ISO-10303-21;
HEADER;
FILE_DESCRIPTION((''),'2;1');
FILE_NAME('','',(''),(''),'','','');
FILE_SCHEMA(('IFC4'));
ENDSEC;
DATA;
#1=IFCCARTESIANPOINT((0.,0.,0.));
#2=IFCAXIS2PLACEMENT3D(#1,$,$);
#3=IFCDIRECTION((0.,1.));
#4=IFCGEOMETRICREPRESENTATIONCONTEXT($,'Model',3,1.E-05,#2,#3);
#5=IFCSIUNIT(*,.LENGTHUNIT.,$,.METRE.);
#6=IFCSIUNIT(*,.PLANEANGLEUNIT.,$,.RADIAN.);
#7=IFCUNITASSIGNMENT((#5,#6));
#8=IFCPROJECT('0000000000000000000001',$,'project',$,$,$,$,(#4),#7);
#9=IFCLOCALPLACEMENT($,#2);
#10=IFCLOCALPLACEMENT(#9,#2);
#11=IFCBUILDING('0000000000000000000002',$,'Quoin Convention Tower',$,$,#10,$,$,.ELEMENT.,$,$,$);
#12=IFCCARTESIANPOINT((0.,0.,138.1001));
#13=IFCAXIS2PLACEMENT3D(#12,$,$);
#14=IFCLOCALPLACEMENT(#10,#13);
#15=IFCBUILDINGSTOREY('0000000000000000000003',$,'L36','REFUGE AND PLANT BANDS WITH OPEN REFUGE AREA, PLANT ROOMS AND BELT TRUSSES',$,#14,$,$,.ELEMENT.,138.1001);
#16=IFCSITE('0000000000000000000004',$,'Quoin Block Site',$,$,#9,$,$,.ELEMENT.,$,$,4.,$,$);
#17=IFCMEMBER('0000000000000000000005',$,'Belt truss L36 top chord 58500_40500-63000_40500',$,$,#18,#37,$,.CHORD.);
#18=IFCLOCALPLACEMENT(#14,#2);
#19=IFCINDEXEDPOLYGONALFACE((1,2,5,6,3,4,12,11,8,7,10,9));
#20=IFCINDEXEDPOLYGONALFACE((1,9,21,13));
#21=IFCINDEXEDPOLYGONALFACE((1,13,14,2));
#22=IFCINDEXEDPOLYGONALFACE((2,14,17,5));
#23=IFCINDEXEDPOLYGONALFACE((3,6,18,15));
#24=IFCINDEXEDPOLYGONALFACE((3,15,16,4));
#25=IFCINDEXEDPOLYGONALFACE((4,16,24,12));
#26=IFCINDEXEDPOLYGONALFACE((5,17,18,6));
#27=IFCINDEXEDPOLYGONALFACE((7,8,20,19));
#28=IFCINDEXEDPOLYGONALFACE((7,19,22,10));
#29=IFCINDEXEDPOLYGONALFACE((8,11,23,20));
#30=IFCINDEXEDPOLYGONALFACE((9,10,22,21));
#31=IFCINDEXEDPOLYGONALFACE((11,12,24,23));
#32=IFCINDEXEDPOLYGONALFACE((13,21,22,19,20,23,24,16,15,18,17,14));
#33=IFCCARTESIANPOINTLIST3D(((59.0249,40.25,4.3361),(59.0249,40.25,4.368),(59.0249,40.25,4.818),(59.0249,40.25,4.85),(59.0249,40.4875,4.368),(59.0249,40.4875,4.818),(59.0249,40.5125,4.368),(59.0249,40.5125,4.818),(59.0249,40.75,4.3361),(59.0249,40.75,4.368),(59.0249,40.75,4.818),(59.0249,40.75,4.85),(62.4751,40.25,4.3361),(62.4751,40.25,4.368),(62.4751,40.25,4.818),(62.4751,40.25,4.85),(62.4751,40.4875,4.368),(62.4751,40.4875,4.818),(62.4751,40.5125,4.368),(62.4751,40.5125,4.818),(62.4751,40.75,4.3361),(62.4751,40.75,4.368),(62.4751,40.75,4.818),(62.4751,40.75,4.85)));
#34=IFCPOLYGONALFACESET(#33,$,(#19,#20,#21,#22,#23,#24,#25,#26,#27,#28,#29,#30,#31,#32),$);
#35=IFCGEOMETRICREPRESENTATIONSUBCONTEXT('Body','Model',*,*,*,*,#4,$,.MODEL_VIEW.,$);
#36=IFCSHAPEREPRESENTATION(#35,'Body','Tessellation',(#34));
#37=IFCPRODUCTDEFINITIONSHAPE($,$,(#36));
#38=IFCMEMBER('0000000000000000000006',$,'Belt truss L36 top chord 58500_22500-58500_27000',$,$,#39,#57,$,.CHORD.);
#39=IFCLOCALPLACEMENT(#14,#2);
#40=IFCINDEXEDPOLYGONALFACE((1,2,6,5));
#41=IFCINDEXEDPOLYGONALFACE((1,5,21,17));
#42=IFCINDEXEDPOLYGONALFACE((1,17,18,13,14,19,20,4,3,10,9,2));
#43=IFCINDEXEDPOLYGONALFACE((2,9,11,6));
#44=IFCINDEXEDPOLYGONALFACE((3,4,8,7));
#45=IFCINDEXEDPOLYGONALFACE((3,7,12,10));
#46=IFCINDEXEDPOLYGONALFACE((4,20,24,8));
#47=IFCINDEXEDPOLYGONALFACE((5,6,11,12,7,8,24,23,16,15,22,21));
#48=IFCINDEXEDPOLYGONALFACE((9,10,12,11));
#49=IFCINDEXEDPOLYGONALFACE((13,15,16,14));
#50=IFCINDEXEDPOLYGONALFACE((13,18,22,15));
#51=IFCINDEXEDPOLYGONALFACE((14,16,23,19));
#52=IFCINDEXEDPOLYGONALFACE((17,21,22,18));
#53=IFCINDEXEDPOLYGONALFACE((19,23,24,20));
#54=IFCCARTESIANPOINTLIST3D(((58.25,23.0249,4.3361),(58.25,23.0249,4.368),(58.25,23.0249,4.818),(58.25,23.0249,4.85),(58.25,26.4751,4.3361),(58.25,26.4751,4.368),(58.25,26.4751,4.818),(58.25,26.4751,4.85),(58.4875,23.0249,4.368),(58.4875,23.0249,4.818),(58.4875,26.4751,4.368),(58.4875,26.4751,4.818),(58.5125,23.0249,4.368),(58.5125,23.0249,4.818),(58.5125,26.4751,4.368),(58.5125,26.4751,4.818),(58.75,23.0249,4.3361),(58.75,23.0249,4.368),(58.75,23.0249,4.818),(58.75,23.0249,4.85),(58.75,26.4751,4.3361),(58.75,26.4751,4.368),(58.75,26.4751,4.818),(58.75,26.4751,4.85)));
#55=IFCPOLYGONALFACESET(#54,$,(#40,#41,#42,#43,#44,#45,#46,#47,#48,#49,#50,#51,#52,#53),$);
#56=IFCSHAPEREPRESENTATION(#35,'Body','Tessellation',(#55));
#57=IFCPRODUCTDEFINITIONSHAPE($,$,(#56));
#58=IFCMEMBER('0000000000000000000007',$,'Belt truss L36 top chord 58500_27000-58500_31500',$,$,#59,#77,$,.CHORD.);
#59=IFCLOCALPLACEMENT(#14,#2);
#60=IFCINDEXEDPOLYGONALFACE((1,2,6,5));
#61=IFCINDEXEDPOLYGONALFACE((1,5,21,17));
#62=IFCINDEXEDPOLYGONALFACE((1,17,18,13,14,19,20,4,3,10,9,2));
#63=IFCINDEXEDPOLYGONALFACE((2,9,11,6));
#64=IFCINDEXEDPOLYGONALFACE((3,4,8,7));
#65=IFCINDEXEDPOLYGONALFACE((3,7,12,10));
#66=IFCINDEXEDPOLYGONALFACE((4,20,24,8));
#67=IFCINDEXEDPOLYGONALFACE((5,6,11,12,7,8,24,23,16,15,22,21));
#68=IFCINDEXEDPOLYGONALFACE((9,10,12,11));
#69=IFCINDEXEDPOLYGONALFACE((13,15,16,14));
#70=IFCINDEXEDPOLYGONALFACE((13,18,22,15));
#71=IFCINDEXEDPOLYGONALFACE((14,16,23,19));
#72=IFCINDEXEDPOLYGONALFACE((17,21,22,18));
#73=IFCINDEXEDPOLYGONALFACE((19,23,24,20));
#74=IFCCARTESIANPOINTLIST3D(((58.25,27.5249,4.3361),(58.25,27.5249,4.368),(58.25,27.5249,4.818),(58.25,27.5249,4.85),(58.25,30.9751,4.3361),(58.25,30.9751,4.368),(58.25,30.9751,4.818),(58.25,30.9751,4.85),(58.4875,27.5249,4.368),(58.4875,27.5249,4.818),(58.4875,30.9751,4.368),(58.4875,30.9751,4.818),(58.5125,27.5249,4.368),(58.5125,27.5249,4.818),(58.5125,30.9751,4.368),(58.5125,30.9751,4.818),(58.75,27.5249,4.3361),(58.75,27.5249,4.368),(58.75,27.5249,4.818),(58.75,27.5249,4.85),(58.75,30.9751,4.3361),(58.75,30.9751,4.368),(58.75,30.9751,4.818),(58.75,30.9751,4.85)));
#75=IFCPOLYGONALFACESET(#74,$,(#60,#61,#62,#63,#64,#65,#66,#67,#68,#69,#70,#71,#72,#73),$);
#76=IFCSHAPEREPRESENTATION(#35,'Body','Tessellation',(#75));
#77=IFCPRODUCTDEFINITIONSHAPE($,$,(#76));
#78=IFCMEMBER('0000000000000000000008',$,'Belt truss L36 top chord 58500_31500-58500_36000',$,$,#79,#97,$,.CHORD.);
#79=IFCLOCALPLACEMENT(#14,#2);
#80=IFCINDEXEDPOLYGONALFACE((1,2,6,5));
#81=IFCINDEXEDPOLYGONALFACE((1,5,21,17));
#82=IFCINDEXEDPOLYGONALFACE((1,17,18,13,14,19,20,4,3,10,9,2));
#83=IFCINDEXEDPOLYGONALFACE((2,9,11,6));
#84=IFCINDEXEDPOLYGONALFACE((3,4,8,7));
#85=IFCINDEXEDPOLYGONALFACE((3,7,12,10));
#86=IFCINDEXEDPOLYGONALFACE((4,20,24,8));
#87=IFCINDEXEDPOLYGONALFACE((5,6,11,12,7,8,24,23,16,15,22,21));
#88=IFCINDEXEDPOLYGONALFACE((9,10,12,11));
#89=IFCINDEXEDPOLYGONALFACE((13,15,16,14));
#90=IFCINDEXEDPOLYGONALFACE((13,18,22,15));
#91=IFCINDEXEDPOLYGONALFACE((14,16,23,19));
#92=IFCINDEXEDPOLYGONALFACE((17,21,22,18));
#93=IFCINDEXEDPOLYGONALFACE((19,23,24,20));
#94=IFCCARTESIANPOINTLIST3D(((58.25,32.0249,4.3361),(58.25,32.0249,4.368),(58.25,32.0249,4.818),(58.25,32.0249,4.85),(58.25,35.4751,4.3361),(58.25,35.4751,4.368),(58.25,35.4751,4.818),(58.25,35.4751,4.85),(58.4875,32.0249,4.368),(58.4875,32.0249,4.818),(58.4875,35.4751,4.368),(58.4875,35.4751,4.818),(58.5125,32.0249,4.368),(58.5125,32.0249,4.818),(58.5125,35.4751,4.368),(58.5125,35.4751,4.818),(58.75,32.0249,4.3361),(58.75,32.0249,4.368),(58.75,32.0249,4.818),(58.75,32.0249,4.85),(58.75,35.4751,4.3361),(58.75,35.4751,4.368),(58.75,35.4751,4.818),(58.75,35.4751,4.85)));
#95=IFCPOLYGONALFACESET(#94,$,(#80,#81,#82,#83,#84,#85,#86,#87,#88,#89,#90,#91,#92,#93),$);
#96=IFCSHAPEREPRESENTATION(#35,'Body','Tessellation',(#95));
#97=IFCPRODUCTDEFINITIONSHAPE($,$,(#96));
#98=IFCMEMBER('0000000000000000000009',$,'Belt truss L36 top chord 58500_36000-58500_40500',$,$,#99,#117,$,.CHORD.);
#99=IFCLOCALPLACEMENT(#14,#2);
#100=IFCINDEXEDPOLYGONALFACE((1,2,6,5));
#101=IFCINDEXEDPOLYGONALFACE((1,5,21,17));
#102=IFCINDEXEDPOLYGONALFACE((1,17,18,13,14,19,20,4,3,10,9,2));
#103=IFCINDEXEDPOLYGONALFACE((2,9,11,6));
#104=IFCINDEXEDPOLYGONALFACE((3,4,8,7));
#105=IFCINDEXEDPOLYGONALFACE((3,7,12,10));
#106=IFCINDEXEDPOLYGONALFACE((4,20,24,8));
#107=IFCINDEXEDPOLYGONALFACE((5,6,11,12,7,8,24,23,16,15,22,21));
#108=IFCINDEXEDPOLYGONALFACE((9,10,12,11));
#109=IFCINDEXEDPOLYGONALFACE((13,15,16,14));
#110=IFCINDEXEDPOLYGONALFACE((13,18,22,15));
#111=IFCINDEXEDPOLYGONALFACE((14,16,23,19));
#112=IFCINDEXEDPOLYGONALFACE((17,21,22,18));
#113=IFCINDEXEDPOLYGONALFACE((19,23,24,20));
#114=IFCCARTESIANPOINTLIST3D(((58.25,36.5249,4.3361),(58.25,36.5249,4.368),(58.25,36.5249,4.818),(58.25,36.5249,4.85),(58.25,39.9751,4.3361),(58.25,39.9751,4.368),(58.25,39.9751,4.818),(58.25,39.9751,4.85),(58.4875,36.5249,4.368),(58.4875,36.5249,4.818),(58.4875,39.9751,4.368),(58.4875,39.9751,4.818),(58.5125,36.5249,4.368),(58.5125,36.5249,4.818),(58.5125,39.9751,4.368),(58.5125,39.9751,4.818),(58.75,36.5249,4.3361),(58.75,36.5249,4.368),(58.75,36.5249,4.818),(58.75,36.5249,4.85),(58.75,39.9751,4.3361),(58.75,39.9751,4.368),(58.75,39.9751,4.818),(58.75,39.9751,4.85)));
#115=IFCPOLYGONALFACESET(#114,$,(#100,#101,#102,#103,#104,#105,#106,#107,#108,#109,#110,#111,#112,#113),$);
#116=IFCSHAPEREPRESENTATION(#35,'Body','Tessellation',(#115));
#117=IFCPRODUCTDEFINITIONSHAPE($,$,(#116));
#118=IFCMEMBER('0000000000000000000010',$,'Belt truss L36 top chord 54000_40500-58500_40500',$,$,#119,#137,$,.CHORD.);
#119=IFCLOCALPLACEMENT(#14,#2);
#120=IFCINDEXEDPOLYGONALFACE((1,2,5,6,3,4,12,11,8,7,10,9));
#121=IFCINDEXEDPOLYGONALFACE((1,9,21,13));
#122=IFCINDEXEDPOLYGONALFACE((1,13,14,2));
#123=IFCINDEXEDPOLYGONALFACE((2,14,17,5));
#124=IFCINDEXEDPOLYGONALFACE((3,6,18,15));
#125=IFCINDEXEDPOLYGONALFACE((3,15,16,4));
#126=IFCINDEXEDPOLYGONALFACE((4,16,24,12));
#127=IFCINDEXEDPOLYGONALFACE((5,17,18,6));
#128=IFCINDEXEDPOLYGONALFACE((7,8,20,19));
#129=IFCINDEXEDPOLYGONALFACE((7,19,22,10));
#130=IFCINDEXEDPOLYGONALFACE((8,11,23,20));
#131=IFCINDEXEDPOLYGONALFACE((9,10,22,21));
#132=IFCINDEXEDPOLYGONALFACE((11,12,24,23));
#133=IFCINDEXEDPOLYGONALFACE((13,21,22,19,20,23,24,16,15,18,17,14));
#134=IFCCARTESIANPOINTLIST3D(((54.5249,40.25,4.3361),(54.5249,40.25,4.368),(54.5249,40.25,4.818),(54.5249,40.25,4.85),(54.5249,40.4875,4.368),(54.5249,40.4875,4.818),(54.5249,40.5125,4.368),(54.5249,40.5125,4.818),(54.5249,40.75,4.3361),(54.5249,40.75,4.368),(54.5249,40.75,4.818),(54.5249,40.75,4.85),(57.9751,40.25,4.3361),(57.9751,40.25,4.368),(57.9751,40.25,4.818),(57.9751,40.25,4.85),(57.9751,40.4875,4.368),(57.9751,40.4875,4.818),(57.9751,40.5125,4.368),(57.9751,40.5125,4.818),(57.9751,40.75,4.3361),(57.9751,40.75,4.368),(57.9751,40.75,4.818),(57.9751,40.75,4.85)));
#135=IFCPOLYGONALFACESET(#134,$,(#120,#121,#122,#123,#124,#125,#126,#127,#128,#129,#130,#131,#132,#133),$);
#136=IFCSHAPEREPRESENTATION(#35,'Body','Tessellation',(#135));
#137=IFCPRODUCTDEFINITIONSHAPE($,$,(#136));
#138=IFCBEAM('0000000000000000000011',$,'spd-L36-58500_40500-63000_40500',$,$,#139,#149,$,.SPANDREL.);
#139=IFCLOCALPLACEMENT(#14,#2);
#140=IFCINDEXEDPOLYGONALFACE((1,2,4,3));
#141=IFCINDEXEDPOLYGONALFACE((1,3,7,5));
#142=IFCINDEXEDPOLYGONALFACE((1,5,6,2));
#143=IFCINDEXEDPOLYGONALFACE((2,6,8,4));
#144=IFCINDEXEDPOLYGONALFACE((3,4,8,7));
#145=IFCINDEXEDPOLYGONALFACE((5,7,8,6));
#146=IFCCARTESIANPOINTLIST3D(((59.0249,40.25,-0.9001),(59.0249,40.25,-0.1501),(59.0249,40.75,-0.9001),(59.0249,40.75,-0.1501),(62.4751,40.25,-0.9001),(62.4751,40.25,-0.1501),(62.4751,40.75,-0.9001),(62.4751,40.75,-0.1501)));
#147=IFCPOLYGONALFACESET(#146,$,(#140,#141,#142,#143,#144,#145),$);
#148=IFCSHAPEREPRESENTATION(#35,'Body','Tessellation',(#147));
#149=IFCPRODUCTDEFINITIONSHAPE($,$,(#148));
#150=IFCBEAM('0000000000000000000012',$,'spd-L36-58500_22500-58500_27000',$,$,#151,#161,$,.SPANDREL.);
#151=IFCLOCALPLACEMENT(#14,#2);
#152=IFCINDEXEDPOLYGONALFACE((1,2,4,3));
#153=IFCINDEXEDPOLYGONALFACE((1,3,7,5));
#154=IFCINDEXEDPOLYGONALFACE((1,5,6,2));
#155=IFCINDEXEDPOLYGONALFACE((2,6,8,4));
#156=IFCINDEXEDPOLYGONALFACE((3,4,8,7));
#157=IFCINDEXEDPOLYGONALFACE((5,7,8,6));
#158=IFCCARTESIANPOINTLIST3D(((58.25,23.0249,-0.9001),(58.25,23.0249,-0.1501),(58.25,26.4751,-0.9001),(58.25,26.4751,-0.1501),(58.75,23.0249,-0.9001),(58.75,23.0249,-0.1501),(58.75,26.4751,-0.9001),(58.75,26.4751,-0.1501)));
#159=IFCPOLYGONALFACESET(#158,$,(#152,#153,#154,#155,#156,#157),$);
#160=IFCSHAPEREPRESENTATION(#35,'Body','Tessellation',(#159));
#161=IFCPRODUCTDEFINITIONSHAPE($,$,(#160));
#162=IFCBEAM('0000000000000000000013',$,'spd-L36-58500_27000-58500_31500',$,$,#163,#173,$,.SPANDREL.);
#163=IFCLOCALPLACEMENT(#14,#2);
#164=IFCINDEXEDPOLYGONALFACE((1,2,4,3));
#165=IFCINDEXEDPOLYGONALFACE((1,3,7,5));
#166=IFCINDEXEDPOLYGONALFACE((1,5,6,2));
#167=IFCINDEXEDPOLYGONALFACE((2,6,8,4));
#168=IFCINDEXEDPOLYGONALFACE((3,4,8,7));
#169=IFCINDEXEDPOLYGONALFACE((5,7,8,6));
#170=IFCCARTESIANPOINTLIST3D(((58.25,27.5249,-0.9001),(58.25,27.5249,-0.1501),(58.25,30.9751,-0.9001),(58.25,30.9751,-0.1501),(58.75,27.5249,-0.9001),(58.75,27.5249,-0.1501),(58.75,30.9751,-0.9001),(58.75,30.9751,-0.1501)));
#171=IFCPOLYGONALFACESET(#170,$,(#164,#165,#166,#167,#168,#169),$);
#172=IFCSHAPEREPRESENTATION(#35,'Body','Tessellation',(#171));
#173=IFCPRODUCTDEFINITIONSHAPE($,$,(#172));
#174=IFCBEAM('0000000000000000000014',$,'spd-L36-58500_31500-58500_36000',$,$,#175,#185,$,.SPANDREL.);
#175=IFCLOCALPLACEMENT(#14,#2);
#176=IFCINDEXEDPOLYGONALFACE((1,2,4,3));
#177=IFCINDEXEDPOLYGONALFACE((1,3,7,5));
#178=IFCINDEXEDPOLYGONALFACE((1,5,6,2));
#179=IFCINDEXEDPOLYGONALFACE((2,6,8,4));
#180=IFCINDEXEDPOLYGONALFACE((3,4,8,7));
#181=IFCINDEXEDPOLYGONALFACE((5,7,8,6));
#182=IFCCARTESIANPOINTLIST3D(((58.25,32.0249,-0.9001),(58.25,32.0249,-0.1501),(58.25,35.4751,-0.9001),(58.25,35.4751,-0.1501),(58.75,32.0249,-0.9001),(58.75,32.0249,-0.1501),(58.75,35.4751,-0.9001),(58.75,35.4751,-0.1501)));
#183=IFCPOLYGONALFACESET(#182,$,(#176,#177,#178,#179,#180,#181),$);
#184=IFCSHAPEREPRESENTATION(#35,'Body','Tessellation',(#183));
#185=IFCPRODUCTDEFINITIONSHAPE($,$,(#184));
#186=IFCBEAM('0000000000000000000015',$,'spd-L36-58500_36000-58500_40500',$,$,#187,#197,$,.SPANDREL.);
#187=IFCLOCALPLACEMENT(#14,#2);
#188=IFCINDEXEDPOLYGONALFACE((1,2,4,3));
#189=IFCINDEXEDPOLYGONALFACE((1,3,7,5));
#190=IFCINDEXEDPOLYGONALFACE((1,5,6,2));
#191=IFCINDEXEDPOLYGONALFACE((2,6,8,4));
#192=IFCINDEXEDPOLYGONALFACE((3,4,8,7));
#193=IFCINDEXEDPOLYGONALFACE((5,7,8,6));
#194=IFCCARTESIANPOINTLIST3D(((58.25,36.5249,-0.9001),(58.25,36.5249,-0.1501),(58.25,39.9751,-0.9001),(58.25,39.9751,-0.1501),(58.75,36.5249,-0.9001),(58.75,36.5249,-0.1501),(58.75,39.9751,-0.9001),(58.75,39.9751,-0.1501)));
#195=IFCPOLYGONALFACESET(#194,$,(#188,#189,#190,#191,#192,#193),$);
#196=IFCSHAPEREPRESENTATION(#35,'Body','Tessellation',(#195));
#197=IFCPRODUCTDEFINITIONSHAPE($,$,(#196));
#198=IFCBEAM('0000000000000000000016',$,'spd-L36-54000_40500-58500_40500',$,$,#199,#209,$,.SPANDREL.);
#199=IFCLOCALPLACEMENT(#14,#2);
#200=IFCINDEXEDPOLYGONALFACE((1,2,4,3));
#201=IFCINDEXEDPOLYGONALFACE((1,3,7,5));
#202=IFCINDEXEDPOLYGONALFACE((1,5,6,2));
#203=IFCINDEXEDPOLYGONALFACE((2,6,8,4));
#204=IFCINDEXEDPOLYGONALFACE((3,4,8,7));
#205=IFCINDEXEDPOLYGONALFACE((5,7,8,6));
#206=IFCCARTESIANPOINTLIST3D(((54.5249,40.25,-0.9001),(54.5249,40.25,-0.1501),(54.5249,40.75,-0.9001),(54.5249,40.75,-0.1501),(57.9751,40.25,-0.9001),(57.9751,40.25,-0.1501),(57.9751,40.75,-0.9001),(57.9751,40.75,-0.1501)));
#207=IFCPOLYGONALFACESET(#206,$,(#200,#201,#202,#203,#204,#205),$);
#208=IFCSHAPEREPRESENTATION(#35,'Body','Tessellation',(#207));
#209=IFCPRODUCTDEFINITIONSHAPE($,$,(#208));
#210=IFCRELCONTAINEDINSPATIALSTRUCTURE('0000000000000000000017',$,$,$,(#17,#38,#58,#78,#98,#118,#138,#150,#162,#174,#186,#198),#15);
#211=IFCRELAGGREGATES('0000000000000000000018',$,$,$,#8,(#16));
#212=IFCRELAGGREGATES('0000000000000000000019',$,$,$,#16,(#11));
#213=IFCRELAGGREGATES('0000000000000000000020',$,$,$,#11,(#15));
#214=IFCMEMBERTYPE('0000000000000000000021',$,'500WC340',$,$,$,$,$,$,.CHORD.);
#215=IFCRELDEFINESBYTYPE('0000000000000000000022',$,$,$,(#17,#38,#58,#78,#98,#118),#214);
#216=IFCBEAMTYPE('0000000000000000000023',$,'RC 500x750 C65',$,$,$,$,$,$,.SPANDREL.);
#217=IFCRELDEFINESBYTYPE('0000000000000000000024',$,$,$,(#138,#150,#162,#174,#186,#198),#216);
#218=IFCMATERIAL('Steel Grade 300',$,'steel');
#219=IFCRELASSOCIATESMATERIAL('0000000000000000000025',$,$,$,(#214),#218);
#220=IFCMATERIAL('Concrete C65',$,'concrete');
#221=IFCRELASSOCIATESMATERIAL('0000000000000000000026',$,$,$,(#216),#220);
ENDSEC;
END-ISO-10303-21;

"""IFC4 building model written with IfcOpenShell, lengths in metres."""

from ifc_helpers import new_model, si_unit, direction, frame, origin, origin_2d, place, context, subcontext, project, spatial, rectangle, i_section, extrude, material, material_profile, profile_set, type_object, element, save


model = new_model("IFC4")

# Units and contexts
model_context = context("Model", 3, precision=1e-05, world=origin(), true_north=direction((0.0, 1.0)))
body_context = subcontext(model_context, "Body", "Model", "MODEL_VIEW")
ifc_project = project(units=[si_unit("LENGTHUNIT", "METRE"), si_unit("PLANEANGLEUNIT", "RADIAN")], contexts=[model_context])

# Site, building, storey
site_placement = place(None, origin())
site = spatial("IfcSite", under=ifc_project, at=site_placement, Name="Quoin Block Site", CompositionType="ELEMENT", RefElevation=4.0)
building_placement = place(site_placement, origin())
building = spatial("IfcBuilding", under=site, at=building_placement, Name="Quoin Convention Tower", CompositionType="ELEMENT")
storey_placement = place(building_placement, frame((0.0, 0.0, 138.1001)))
storey = spatial("IfcBuildingStorey", under=building, at=storey_placement, Name="L36", Description="REFUGE AND PLANT BANDS WITH OPEN REFUGE AREA, PLANT ROOMS AND BELT TRUSSES", CompositionType="ELEMENT", Elevation=138.1001)

# Shared definitions
ifc_material_1 = material(Name="Concrete C65", Category="concrete")

# Members
ifc_material_2 = material(Name="Steel Grade 300", Category="steel")
ifc_material_profile_1 = material_profile(ifc_material_2, i_section(OverallWidth=0.5, OverallDepth=0.5139, WebThickness=0.0249, FlangeThickness=0.032, at=origin_2d()), Name="500WC340")
ifc_profile_set_1 = profile_set([ifc_material_profile_1], Name="Steel Grade 300")
member_type_1 = type_object("IfcMemberType", Name="500WC340", PredefinedType="CHORD", material=ifc_profile_set_1)
for number, where, z_axis, x_axis, name in (
    (1, (59.0249, 40.5, 4.593), (1.0, 0.0, 0.0), (0.0, 1.0, 0.0), "Belt truss L36 top chord 58500_40500-63000_40500"),
    (2, (58.5, 23.0249, 4.593), (0.0, 1.0, 0.0), (-1.0, 0.0, 0.0), "Belt truss L36 top chord 58500_22500-58500_27000"),
    (3, (58.5, 27.5249, 4.593), (0.0, 1.0, 0.0), (-1.0, 0.0, 0.0), "Belt truss L36 top chord 58500_27000-58500_31500"),
    (4, (58.5, 32.0249, 4.593), (0.0, 1.0, 0.0), (-1.0, 0.0, 0.0), "Belt truss L36 top chord 58500_31500-58500_36000"),
    (5, (58.5, 36.5249, 4.593), (0.0, 1.0, 0.0), (-1.0, 0.0, 0.0), "Belt truss L36 top chord 58500_36000-58500_40500"),
    (6, (54.5249, 40.5, 4.593), (1.0, 0.0, 0.0), (0.0, 1.0, 0.0), "Belt truss L36 top chord 54000_40500-58500_40500"),
):
    element("IfcMember", number, at=place(storey_placement, frame(where, z_axis=z_axis, x_axis=x_axis)), inside=storey, type_object=member_type_1, Name=name, PredefinedType="CHORD", context=body_context, shape_type="SweptSolid", body=[
        extrude(i_section(OverallWidth=0.5, OverallDepth=0.5139, WebThickness=0.0249, FlangeThickness=0.032, at=origin_2d()), origin(), (0.0, 0.0, 1.0), 3.4502),
    ])

# Beams
ifc_material_profile_2 = material_profile(ifc_material_1, rectangle(XDim=0.5, YDim=0.75, at=origin_2d()), Name="RC 500x750")
ifc_profile_set_2 = profile_set([ifc_material_profile_2], Name="Concrete C65")
beam_type_1 = type_object("IfcBeamType", Name="RC 500x750 C65", PredefinedType="SPANDREL", material=ifc_profile_set_2)
for number, where, z_axis, x_axis, name in (
    (7, (59.0249, 40.5, -0.5251), (1.0, 0.0, 0.0), (0.0, 1.0, 0.0), "spd-L36-58500_40500-63000_40500"),
    (8, (58.5, 23.0249, -0.5251), (0.0, 1.0, 0.0), (-1.0, 0.0, 0.0), "spd-L36-58500_22500-58500_27000"),
    (9, (58.5, 27.5249, -0.5251), (0.0, 1.0, 0.0), (-1.0, 0.0, 0.0), "spd-L36-58500_27000-58500_31500"),
    (10, (58.5, 32.0249, -0.5251), (0.0, 1.0, 0.0), (-1.0, 0.0, 0.0), "spd-L36-58500_31500-58500_36000"),
    (11, (58.5, 36.5249, -0.5251), (0.0, 1.0, 0.0), (-1.0, 0.0, 0.0), "spd-L36-58500_36000-58500_40500"),
    (12, (54.5249, 40.5, -0.5251), (1.0, 0.0, 0.0), (0.0, 1.0, 0.0), "spd-L36-54000_40500-58500_40500"),
):
    element("IfcBeam", number, at=place(storey_placement, frame(where, z_axis=z_axis, x_axis=x_axis)), inside=storey, type_object=beam_type_1, Name=name, PredefinedType="SPANDREL", context=body_context, shape_type="SweptSolid", body=[
        extrude(rectangle(XDim=0.5, YDim=0.75, at=origin_2d()), origin(), (0.0, 0.0, 1.0), 3.4502),
    ])

save(model, "model.ifc")
